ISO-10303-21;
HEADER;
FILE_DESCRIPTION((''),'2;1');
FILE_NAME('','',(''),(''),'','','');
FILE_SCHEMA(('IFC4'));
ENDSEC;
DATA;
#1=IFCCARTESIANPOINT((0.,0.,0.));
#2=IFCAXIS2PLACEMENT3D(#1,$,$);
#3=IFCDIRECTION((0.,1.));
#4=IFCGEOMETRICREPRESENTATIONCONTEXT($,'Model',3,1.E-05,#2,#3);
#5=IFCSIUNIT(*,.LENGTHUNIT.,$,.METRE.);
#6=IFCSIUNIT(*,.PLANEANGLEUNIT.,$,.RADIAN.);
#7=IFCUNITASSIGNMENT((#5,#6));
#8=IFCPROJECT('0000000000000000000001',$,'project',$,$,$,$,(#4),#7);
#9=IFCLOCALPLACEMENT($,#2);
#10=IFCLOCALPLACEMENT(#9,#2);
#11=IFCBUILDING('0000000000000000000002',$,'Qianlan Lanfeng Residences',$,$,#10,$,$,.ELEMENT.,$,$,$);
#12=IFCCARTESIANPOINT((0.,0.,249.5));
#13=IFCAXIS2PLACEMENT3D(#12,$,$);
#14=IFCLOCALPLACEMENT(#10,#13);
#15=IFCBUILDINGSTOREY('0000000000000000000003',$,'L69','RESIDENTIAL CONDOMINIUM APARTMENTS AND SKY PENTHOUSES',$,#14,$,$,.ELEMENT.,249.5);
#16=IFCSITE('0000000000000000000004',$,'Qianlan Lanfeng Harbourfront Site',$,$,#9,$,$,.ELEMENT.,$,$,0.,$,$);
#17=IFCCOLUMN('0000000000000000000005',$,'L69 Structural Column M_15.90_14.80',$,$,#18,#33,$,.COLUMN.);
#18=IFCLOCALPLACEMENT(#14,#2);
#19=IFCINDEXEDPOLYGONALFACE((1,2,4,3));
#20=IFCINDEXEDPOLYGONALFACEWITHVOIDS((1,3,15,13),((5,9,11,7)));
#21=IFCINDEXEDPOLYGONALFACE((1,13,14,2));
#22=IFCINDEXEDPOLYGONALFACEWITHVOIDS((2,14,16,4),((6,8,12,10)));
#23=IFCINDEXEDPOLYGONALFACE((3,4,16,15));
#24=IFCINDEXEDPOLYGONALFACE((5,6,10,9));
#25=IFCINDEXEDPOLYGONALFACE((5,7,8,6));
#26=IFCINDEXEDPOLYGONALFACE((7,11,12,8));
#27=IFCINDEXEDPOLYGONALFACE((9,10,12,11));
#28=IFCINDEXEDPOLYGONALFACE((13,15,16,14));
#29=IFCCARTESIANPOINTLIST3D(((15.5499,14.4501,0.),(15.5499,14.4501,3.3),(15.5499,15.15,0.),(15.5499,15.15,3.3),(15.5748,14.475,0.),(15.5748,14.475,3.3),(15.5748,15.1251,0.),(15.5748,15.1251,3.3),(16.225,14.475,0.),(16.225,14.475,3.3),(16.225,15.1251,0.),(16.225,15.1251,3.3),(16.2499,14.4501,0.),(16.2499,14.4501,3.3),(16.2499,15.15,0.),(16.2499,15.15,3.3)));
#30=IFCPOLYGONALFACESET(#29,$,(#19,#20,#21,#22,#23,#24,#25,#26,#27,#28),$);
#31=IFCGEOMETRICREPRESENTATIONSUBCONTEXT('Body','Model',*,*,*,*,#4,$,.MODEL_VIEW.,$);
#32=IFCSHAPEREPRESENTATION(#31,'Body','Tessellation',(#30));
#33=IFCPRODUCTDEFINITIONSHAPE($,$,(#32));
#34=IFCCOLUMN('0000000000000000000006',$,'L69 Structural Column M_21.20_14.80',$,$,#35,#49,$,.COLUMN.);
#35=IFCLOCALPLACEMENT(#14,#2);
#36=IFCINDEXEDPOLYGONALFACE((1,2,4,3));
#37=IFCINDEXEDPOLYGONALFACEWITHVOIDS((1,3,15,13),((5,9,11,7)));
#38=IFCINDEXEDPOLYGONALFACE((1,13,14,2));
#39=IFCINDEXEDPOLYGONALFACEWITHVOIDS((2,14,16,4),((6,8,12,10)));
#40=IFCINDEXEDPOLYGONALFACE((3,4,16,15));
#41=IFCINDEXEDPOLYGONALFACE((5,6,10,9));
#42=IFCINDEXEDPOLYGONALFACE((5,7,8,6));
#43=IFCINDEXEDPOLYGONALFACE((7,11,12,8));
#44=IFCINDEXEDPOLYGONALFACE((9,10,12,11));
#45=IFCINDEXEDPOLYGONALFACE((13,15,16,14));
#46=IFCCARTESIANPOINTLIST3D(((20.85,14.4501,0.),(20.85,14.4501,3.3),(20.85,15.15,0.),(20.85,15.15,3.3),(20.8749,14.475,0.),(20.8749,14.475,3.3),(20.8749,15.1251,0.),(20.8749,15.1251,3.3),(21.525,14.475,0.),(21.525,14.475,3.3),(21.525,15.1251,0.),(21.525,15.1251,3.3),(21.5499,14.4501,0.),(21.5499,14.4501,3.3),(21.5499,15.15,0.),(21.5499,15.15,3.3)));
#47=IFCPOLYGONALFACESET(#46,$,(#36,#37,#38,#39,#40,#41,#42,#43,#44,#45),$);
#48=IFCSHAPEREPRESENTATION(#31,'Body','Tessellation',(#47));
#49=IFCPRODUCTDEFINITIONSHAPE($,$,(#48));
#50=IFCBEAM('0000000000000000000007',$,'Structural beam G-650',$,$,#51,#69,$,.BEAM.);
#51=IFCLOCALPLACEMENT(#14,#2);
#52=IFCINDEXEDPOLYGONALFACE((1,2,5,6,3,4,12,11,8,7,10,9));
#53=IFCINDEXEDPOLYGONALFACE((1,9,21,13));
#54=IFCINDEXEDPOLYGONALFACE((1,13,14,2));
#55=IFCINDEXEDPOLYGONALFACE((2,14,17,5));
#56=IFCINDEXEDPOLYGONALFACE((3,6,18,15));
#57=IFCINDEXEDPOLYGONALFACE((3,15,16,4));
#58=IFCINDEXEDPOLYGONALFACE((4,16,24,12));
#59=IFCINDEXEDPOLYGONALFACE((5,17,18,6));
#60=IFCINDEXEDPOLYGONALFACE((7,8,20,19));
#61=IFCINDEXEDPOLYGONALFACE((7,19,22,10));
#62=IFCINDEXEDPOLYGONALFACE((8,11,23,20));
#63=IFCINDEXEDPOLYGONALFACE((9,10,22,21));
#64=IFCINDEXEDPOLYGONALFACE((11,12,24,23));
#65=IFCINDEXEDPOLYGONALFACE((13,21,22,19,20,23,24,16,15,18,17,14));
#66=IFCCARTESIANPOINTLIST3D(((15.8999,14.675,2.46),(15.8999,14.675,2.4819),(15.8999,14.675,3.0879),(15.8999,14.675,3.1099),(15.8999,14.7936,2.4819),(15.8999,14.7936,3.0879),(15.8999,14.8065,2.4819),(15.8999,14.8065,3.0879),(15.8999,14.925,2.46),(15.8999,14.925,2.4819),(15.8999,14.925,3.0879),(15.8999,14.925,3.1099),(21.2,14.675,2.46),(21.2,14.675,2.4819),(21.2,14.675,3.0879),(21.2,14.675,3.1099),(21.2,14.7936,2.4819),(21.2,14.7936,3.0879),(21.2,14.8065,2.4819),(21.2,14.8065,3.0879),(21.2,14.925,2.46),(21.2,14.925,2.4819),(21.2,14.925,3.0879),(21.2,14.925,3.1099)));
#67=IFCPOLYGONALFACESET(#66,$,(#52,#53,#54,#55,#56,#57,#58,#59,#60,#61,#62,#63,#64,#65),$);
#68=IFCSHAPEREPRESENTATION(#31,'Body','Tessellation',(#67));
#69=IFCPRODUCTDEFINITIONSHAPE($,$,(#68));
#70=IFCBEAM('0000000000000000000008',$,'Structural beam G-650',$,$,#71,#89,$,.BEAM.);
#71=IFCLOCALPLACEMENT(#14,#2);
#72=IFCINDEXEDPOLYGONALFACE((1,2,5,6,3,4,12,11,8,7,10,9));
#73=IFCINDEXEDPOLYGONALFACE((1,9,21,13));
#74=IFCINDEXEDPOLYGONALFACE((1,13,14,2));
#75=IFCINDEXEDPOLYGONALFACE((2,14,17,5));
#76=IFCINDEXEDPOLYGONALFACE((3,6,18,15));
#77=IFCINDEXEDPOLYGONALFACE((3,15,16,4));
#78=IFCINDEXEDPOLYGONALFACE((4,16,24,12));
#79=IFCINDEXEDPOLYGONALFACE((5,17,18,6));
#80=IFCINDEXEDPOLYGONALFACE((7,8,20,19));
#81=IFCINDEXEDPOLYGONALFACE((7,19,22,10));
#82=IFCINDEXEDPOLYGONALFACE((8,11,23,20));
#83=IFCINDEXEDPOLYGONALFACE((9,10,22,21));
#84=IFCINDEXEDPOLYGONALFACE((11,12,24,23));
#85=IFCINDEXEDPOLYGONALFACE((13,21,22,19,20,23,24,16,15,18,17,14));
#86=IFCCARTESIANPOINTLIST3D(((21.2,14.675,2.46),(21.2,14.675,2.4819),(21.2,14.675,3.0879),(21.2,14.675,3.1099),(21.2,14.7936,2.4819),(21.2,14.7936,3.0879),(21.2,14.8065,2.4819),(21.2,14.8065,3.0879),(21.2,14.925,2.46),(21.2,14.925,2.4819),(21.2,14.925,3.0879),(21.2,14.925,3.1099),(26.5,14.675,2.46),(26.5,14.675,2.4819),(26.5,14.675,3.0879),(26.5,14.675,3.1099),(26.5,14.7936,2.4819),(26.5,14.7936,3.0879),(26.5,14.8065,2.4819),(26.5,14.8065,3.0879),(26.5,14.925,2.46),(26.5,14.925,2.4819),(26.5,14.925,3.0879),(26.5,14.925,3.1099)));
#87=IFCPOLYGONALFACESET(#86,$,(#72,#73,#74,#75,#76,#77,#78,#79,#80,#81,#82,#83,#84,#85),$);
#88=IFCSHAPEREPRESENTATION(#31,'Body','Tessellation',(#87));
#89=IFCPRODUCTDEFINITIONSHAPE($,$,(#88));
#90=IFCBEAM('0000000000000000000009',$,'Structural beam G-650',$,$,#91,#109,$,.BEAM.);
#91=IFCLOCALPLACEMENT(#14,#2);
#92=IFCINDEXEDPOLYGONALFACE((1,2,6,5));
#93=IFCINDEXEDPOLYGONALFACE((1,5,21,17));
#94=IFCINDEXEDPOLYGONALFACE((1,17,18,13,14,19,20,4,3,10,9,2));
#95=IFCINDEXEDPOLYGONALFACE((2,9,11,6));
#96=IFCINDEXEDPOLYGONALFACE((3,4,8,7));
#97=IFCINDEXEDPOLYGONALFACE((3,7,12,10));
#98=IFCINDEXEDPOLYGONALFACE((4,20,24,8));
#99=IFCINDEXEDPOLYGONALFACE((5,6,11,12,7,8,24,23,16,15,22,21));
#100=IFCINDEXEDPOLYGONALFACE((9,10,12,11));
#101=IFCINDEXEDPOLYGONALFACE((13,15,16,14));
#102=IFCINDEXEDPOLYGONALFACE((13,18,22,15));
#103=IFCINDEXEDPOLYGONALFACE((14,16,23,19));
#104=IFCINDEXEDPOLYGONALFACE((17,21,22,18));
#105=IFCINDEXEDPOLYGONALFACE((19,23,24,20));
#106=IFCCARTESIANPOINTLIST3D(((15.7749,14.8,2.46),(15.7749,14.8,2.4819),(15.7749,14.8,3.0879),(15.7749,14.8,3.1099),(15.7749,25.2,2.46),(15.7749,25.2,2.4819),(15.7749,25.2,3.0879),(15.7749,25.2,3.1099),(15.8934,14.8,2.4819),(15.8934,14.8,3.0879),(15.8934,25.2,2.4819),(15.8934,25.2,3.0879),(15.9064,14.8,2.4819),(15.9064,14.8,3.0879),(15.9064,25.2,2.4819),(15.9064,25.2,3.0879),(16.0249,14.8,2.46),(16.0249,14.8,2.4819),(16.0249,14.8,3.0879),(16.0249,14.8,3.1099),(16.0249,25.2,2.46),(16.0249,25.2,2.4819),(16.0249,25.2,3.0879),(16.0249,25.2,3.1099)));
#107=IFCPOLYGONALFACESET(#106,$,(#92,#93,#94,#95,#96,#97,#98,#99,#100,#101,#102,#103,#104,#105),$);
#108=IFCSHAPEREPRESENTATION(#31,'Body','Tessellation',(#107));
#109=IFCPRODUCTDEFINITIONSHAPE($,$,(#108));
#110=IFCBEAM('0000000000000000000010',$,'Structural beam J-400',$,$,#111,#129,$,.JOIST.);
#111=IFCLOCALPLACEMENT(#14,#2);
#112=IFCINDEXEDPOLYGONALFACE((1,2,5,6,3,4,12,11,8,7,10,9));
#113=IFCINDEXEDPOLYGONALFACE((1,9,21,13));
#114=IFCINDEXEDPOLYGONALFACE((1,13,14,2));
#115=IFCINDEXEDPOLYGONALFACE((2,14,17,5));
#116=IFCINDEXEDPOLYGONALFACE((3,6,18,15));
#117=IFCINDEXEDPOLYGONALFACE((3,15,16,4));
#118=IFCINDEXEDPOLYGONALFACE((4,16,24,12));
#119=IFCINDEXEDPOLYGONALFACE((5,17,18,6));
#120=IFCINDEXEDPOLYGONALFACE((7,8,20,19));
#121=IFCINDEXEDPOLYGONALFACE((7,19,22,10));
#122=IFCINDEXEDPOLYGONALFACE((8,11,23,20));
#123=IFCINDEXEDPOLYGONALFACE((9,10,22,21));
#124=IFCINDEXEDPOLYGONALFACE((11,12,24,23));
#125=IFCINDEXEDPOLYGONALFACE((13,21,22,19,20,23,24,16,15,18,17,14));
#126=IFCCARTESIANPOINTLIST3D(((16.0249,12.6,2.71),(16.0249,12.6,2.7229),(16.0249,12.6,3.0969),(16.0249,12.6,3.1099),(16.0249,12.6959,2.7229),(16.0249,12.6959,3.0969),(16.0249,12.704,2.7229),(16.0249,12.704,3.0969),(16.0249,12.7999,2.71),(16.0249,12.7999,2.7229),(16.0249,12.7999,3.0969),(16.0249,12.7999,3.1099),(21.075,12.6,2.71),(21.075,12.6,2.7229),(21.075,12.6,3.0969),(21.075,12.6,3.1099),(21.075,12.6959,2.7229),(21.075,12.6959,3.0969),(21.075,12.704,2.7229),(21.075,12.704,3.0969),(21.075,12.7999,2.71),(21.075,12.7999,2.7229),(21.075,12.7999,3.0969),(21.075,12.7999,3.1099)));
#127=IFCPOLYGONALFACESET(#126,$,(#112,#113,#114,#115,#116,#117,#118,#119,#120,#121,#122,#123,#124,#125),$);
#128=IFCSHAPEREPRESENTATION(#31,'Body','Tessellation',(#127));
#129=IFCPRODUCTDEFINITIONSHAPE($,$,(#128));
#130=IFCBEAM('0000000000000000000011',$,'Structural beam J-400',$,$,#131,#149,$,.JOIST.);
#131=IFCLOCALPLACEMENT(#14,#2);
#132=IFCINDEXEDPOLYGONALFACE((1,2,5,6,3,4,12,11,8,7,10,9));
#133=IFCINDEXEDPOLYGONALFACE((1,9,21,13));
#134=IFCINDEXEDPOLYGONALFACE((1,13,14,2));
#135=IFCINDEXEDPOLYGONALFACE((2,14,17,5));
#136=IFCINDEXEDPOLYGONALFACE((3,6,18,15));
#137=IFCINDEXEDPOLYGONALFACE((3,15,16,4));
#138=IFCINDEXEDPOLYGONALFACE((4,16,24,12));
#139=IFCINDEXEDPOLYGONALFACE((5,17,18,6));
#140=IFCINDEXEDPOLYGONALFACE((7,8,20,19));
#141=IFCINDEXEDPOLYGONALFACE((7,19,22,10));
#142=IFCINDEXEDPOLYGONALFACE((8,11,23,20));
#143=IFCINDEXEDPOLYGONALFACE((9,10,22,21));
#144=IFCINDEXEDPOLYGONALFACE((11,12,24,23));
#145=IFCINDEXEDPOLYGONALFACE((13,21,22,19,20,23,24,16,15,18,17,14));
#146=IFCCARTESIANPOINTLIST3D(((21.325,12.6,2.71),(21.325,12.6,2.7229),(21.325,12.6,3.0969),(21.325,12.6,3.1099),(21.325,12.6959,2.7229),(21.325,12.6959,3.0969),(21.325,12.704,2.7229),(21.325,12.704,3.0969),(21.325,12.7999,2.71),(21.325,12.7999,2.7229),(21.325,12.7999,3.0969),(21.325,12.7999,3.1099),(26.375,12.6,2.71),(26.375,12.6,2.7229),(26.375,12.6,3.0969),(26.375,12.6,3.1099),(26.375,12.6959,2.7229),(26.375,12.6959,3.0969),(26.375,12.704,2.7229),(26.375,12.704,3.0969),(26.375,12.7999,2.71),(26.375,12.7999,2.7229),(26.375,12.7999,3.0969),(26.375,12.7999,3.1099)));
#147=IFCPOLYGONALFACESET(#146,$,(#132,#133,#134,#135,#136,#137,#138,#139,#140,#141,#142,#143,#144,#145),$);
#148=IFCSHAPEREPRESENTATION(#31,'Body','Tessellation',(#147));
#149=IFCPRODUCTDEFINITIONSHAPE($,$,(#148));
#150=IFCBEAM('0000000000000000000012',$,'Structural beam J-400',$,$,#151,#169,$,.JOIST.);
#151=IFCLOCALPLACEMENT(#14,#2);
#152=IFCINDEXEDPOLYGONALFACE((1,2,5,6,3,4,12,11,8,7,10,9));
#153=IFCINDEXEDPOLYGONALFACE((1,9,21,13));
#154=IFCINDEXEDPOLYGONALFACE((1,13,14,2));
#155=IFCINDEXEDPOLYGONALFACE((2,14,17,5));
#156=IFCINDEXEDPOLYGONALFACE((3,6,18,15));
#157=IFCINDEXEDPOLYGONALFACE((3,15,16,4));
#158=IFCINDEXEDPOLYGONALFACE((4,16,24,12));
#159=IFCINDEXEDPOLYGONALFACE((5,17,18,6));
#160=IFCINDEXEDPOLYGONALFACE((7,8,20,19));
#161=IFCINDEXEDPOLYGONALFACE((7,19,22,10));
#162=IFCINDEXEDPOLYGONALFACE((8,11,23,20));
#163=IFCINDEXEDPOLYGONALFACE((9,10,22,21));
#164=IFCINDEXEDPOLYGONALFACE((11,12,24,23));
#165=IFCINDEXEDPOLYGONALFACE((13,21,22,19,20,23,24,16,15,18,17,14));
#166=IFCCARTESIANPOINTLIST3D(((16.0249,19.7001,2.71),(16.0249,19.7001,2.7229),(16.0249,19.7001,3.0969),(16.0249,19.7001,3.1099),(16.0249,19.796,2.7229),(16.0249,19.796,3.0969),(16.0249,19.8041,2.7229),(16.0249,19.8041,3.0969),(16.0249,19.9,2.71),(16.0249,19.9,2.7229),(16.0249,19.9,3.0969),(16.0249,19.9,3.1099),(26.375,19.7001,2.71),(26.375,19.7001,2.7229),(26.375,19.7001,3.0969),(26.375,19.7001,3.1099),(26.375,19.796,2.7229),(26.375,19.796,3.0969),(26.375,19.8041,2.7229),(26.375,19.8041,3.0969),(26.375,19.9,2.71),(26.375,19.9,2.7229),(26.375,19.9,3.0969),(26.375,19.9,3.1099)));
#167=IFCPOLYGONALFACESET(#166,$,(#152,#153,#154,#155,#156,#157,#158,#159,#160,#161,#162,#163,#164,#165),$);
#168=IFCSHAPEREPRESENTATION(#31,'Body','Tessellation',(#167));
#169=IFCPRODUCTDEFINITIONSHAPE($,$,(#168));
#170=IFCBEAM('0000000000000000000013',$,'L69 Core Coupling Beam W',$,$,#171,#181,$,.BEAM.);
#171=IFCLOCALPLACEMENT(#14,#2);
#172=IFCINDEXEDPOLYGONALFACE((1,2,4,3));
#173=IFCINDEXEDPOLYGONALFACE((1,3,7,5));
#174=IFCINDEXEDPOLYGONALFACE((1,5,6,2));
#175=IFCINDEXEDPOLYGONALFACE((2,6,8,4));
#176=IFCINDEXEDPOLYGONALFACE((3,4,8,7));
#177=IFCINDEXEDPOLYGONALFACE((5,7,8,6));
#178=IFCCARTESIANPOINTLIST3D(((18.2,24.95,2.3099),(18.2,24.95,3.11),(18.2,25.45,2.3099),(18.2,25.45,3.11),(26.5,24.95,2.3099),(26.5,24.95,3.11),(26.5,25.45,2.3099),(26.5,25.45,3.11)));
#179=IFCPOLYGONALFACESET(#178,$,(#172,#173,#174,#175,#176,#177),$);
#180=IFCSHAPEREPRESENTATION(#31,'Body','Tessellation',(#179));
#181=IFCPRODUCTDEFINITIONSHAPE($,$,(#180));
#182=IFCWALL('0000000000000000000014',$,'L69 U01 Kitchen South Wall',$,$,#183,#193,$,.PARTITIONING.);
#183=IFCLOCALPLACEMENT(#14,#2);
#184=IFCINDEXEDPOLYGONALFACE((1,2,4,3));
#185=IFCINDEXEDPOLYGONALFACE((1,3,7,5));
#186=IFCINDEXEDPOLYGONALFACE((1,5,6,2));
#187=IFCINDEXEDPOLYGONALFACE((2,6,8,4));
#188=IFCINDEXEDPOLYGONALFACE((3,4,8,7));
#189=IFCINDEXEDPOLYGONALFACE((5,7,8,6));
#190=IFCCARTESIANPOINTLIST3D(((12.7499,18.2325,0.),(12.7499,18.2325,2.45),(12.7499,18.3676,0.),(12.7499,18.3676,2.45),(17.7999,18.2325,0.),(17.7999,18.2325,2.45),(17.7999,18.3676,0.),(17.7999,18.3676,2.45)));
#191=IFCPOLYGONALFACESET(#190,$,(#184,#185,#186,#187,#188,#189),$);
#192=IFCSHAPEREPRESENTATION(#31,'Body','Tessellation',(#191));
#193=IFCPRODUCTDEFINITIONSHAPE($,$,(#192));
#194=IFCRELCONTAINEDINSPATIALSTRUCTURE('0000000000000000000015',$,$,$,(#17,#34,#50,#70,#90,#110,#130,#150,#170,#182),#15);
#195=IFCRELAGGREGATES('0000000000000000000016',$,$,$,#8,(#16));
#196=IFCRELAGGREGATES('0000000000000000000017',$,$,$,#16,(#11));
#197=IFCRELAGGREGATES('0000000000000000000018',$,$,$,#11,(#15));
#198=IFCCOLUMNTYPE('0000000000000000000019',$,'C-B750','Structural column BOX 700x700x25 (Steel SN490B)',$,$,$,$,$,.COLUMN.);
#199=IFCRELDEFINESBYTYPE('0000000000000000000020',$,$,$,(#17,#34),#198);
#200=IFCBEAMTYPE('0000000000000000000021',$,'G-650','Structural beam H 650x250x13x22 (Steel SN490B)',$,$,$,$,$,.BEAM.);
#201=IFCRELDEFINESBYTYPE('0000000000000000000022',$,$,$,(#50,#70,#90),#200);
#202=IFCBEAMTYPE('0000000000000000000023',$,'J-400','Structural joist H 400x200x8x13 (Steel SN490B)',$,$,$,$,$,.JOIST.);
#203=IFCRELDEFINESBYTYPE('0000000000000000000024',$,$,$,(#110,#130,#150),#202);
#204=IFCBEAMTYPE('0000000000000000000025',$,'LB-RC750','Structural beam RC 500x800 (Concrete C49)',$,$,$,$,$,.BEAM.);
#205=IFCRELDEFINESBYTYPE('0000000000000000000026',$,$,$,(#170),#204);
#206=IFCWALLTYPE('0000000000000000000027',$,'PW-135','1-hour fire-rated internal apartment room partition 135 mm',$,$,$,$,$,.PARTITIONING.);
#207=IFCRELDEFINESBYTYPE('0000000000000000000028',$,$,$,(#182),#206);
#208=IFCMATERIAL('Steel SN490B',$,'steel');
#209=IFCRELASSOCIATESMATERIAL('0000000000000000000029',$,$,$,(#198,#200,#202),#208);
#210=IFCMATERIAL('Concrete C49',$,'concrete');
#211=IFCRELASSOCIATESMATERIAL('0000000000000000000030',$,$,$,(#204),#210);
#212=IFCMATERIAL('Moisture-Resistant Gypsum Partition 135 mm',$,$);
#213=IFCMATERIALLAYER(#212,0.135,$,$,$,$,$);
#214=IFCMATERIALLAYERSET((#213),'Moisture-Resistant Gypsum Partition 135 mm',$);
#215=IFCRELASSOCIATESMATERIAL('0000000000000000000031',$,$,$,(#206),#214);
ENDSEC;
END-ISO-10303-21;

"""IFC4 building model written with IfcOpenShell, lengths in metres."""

from ifc_helpers import new_model, si_unit, direction, frame, frame_2d, origin, origin_2d, place, context, subcontext, project, spatial, rectangle, hollow_rectangle, i_section, extrude, material, layer, layer_set, material_profile, profile_set, type_object, element, save


model = new_model("IFC4")

# Units and contexts
model_context = context("Model", 3, precision=1e-05, world=origin(), true_north=direction((0.0, 1.0)))
body_context = subcontext(model_context, "Body", "Model", "MODEL_VIEW")
ifc_project = project(units=[si_unit("LENGTHUNIT", "METRE"), si_unit("PLANEANGLEUNIT", "RADIAN")], contexts=[model_context])

# Site, building, storey
site_placement = place(None, origin())
site = spatial("IfcSite", under=ifc_project, at=site_placement, Name="Qianlan Lanfeng Harbourfront Site", CompositionType="ELEMENT", RefElevation=0.0)
building_placement = place(site_placement, origin())
building = spatial("IfcBuilding", under=site, at=building_placement, Name="Qianlan Lanfeng Residences", CompositionType="ELEMENT")
storey_placement = place(building_placement, frame((0.0, 0.0, 249.5)))
storey = spatial("IfcBuildingStorey", under=building, at=storey_placement, Name="L69", Description="RESIDENTIAL CONDOMINIUM APARTMENTS AND SKY PENTHOUSES", CompositionType="ELEMENT", Elevation=249.5)

# Columns
ifc_material_1 = material(Name="Steel SN490B", Category="steel")
ifc_material_profile_1 = material_profile(ifc_material_1, hollow_rectangle(XDim=0.7, YDim=0.7, WallThickness=0.0249, at=origin_2d()), Name="BOX 700x700x25")
ifc_profile_set_1 = profile_set([ifc_material_profile_1], Name="Steel SN490B")
column_type = type_object("IfcColumnType", Name="C-B750", Description="Structural column BOX 700x700x25 (Steel SN490B)", PredefinedType="COLUMN", material=ifc_profile_set_1)
for number, where, z_axis, x_axis, name in (
    (1, (15.8999, 14.8, 0.0), (0.0, 0.0, 1.0), (1.0, 0.0, 0.0), "L69 Structural Column M_15.90_14.80"),
    (2, (21.2, 14.8, 0.0), (0.0, 0.0, 1.0), (1.0, 0.0, 0.0), "L69 Structural Column M_21.20_14.80"),
):
    element("IfcColumn", number, at=place(storey_placement, frame(where, z_axis=z_axis, x_axis=x_axis)), inside=storey, type_object=column_type, Name=name, PredefinedType="COLUMN", context=body_context, shape_type="SweptSolid", body=[
        extrude(hollow_rectangle(XDim=0.7, YDim=0.7, WallThickness=0.0249, at=origin_2d()), origin(), (0.0, 0.0, 1.0), 3.3),
    ])

# Beams
ifc_material_profile_2 = material_profile(ifc_material_1, i_section(OverallWidth=0.25, OverallDepth=0.6499, WebThickness=0.0129, FlangeThickness=0.022, at=origin_2d()), Name="H 650x250x13x22")
ifc_profile_set_2 = profile_set([ifc_material_profile_2], Name="Steel SN490B")
beam_type_1 = type_object("IfcBeamType", Name="G-650", Description="Structural beam H 650x250x13x22 (Steel SN490B)", PredefinedType="BEAM", material=ifc_profile_set_2)
for number, where, z_axis, x_axis, name in (
    (3, (15.8999, 14.8, 2.7849), (1.0, 0.0, 0.0), (0.0, 1.0, 0.0), "Structural beam G-650"),
    (4, (21.2, 14.8, 2.7849), (1.0, 0.0, 0.0), (0.0, 1.0, 0.0), "Structural beam G-650"),
):
    element("IfcBeam", number, at=place(storey_placement, frame(where, z_axis=z_axis, x_axis=x_axis)), inside=storey, type_object=beam_type_1, Name=name, PredefinedType="BEAM", context=body_context, shape_type="SweptSolid", body=[
        extrude(i_section(OverallWidth=0.25, OverallDepth=0.6499, WebThickness=0.0129, FlangeThickness=0.022, at=origin_2d()), origin(), (0.0, 0.0, 1.0), 5.3),
    ])
beam_1_placement = place(storey_placement, frame((15.8999, 14.8, 2.7849), z_axis=(0.0, 1.0, 0.0), x_axis=(-1.0, 0.0, 0.0)))
element("IfcBeam", 5, at=beam_1_placement, inside=storey, type_object=beam_type_1, Name="Structural beam G-650", PredefinedType="BEAM", context=body_context, shape_type="SweptSolid", body=[
    extrude(i_section(OverallWidth=0.25, OverallDepth=0.6499, WebThickness=0.0129, FlangeThickness=0.022, at=origin_2d()), origin(), (0.0, 0.0, 1.0), 10.3999),
])
ifc_material_profile_3 = material_profile(ifc_material_1, i_section(OverallWidth=0.2, OverallDepth=0.3999, WebThickness=0.0081, FlangeThickness=0.0129, at=origin_2d()), Name="H 400x200x8x13")
ifc_profile_set_3 = profile_set([ifc_material_profile_3], Name="Steel SN490B")
beam_type_2 = type_object("IfcBeamType", Name="J-400", Description="Structural joist H 400x200x8x13 (Steel SN490B)", PredefinedType="JOIST", material=ifc_profile_set_3)
for number, where, z_axis, x_axis, name in (
    (6, (16.0249, 12.7, 2.9099), (1.0, 0.0, 0.0), (0.0, 1.0, 0.0), "Structural beam J-400"),
    (7, (21.325, 12.7, 2.9099), (1.0, 0.0, 0.0), (0.0, 1.0, 0.0), "Structural beam J-400"),
):
    element("IfcBeam", number, at=place(storey_placement, frame(where, z_axis=z_axis, x_axis=x_axis)), inside=storey, type_object=beam_type_2, Name=name, PredefinedType="JOIST", context=body_context, shape_type="SweptSolid", body=[
        extrude(i_section(OverallWidth=0.2, OverallDepth=0.3999, WebThickness=0.0081, FlangeThickness=0.0129, at=origin_2d()), origin(), (0.0, 0.0, 1.0), 5.05),
    ])
beam_2_placement = place(storey_placement, frame((16.0249, 19.8, 2.9099), z_axis=(1.0, 0.0, 0.0), x_axis=(0.0, 1.0, 0.0)))
element("IfcBeam", 8, at=beam_2_placement, inside=storey, type_object=beam_type_2, Name="Structural beam J-400", PredefinedType="JOIST", context=body_context, shape_type="SweptSolid", body=[
    extrude(i_section(OverallWidth=0.2, OverallDepth=0.3999, WebThickness=0.0081, FlangeThickness=0.0129, at=origin_2d()), origin(), (0.0, 0.0, 1.0), 10.3501),
])
ifc_material_2 = material(Name="Concrete C49", Category="concrete")
ifc_material_profile_4 = material_profile(ifc_material_2, rectangle(XDim=0.5, YDim=0.8, at=origin_2d()), Name="RC 500x800")
ifc_profile_set_4 = profile_set([ifc_material_profile_4], Name="Concrete C49")
beam_type_3 = type_object("IfcBeamType", Name="LB-RC750", Description="Structural beam RC 500x800 (Concrete C49)", PredefinedType="BEAM", material=ifc_profile_set_4)
beam_3_placement = place(storey_placement, frame((18.2, 25.2, 2.71), z_axis=(1.0, 0.0, 0.0), x_axis=(0.0, 1.0, 0.0)))
element("IfcBeam", 9, at=beam_3_placement, inside=storey, type_object=beam_type_3, Name="L69 Core Coupling Beam W", PredefinedType="BEAM", context=body_context, shape_type="SweptSolid", body=[
    extrude(rectangle(XDim=0.5, YDim=0.8, at=origin_2d()), origin(), (0.0, 0.0, 1.0), 8.3),
])

# Shared definitions
ifc_material_3 = material(Name="Moisture-Resistant Gypsum Partition 135 mm")
ifc_layer_1 = layer(ifc_material_3, 0.135)
ifc_layer_set_1 = layer_set([ifc_layer_1], Name="Moisture-Resistant Gypsum Partition 135 mm")
wall_type_1 = type_object("IfcWallType", Name="PW-135", Description="1-hour fire-rated internal apartment room partition 135 mm", PredefinedType="PARTITIONING", material=ifc_layer_set_1)

# Wall
for number, where, z_axis, x_axis, name in (
    (10, (12.75, 18.3, 0.0), (0.0, 0.0, 1.0), (1.0, 0.0, 0.0), "L69 U01 Kitchen South Wall"),
):
    element("IfcWall", number, at=place(storey_placement, frame(where, z_axis=z_axis, x_axis=x_axis)), inside=storey, type_object=wall_type_1, Name=name, PredefinedType="PARTITIONING", context=body_context, shape_type="SweptSolid", body=[
        extrude(rectangle(XDim=5.05, YDim=0.135, at=frame_2d((2.5249, 0.0))), origin(), (0.0, 0.0, 1.0), 2.45),
    ])

save(model, "model.ifc")
